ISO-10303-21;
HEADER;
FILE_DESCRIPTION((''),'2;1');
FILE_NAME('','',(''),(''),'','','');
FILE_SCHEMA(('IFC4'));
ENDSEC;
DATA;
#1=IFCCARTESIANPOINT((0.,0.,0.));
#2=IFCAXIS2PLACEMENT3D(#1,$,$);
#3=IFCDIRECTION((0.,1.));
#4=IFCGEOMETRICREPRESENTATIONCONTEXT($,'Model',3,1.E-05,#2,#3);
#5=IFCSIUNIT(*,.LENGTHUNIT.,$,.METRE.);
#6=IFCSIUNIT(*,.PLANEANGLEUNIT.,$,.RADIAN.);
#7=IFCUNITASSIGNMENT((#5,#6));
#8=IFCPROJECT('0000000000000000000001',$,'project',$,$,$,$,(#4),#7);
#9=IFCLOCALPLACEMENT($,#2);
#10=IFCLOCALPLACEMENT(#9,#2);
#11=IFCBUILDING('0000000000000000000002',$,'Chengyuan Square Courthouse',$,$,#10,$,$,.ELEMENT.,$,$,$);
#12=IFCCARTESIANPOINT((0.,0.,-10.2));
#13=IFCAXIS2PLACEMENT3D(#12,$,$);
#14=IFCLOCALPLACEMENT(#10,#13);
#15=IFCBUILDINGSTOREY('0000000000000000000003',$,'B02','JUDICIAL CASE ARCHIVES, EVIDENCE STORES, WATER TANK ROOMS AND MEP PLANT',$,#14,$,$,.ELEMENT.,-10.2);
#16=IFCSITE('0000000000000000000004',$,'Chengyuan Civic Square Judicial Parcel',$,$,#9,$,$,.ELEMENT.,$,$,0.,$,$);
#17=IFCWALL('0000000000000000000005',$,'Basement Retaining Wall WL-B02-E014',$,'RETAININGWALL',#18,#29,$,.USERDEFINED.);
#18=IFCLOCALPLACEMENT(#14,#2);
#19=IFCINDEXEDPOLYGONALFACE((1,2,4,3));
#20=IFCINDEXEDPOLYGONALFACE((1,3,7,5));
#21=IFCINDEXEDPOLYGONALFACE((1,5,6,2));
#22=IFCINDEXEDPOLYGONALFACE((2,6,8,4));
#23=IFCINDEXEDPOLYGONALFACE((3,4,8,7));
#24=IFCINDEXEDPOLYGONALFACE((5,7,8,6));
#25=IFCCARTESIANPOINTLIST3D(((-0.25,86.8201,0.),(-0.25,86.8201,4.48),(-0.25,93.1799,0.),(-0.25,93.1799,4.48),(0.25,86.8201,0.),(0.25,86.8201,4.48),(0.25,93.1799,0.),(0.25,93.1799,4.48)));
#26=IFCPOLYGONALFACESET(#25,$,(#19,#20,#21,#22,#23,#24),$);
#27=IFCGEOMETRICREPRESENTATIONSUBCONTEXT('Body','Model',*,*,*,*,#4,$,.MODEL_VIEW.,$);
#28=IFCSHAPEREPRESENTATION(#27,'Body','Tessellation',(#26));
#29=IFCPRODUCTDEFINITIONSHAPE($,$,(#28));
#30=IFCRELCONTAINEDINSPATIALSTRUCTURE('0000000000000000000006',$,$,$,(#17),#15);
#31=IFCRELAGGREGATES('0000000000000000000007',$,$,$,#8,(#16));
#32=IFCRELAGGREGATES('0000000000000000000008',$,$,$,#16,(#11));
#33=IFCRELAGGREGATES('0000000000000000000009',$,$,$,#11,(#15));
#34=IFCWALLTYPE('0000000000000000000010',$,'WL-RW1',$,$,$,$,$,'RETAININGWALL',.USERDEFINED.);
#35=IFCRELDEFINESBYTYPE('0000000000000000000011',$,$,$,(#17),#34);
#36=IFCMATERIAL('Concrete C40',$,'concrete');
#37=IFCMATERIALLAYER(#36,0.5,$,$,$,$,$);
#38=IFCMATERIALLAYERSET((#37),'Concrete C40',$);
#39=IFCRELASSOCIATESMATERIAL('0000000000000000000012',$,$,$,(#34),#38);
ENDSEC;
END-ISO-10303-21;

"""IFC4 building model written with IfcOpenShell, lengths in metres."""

from ifc_helpers import new_model, si_unit, direction, frame, frame_2d, origin, place, context, subcontext, project, spatial, rectangle, extrude, material, layer, layer_set, type_object, element, save


model = new_model("IFC4")

# Units and contexts
model_context = context("Model", 3, precision=1e-05, world=origin(), true_north=direction((0.0, 1.0)))
body_context = subcontext(model_context, "Body", "Model", "MODEL_VIEW")
ifc_project = project(units=[si_unit("LENGTHUNIT", "METRE"), si_unit("PLANEANGLEUNIT", "RADIAN")], contexts=[model_context])

# Site, building, storey
site_placement = place(None, origin())
site = spatial("IfcSite", under=ifc_project, at=site_placement, Name="Chengyuan Civic Square Judicial Parcel", CompositionType="ELEMENT", RefElevation=0.0)
building_placement = place(site_placement, origin())
building = spatial("IfcBuilding", under=site, at=building_placement, Name="Chengyuan Square Courthouse", CompositionType="ELEMENT")
storey_placement = place(building_placement, frame((0.0, 0.0, -10.2)))
storey = spatial("IfcBuildingStorey", under=building, at=storey_placement, Name="B02", Description="JUDICIAL CASE ARCHIVES, EVIDENCE STORES, WATER TANK ROOMS AND MEP PLANT", CompositionType="ELEMENT", Elevation=-10.2)

# Shared definitions
ifc_material_1 = material(Name="Concrete C40", Category="concrete")

# Wall
ifc_layer_1 = layer(ifc_material_1, 0.5)
ifc_layer_set_1 = layer_set([ifc_layer_1], Name="Concrete C40")
wall_type_1 = type_object("IfcWallType", Name="WL-RW1", ElementType="RETAININGWALL", PredefinedType="USERDEFINED", material=ifc_layer_set_1)
wall_1_placement = place(storey_placement, frame((0.0, 86.8201, 0.0), z_axis=(0.0, 0.0, 1.0), x_axis=(0.0, 1.0, 0.0)))
element("IfcWall", 1, at=wall_1_placement, inside=storey, type_object=wall_type_1, Name="Basement Retaining Wall WL-B02-E014", ObjectType="RETAININGWALL", PredefinedType="USERDEFINED", context=body_context, shape_type="SweptSolid", body=[
    extrude(rectangle(XDim=6.3599, YDim=0.5, at=frame_2d((3.1799, 0.0))), origin(), (0.0, 0.0, 1.0), 4.48),
])

save(model, "model.ifc")
